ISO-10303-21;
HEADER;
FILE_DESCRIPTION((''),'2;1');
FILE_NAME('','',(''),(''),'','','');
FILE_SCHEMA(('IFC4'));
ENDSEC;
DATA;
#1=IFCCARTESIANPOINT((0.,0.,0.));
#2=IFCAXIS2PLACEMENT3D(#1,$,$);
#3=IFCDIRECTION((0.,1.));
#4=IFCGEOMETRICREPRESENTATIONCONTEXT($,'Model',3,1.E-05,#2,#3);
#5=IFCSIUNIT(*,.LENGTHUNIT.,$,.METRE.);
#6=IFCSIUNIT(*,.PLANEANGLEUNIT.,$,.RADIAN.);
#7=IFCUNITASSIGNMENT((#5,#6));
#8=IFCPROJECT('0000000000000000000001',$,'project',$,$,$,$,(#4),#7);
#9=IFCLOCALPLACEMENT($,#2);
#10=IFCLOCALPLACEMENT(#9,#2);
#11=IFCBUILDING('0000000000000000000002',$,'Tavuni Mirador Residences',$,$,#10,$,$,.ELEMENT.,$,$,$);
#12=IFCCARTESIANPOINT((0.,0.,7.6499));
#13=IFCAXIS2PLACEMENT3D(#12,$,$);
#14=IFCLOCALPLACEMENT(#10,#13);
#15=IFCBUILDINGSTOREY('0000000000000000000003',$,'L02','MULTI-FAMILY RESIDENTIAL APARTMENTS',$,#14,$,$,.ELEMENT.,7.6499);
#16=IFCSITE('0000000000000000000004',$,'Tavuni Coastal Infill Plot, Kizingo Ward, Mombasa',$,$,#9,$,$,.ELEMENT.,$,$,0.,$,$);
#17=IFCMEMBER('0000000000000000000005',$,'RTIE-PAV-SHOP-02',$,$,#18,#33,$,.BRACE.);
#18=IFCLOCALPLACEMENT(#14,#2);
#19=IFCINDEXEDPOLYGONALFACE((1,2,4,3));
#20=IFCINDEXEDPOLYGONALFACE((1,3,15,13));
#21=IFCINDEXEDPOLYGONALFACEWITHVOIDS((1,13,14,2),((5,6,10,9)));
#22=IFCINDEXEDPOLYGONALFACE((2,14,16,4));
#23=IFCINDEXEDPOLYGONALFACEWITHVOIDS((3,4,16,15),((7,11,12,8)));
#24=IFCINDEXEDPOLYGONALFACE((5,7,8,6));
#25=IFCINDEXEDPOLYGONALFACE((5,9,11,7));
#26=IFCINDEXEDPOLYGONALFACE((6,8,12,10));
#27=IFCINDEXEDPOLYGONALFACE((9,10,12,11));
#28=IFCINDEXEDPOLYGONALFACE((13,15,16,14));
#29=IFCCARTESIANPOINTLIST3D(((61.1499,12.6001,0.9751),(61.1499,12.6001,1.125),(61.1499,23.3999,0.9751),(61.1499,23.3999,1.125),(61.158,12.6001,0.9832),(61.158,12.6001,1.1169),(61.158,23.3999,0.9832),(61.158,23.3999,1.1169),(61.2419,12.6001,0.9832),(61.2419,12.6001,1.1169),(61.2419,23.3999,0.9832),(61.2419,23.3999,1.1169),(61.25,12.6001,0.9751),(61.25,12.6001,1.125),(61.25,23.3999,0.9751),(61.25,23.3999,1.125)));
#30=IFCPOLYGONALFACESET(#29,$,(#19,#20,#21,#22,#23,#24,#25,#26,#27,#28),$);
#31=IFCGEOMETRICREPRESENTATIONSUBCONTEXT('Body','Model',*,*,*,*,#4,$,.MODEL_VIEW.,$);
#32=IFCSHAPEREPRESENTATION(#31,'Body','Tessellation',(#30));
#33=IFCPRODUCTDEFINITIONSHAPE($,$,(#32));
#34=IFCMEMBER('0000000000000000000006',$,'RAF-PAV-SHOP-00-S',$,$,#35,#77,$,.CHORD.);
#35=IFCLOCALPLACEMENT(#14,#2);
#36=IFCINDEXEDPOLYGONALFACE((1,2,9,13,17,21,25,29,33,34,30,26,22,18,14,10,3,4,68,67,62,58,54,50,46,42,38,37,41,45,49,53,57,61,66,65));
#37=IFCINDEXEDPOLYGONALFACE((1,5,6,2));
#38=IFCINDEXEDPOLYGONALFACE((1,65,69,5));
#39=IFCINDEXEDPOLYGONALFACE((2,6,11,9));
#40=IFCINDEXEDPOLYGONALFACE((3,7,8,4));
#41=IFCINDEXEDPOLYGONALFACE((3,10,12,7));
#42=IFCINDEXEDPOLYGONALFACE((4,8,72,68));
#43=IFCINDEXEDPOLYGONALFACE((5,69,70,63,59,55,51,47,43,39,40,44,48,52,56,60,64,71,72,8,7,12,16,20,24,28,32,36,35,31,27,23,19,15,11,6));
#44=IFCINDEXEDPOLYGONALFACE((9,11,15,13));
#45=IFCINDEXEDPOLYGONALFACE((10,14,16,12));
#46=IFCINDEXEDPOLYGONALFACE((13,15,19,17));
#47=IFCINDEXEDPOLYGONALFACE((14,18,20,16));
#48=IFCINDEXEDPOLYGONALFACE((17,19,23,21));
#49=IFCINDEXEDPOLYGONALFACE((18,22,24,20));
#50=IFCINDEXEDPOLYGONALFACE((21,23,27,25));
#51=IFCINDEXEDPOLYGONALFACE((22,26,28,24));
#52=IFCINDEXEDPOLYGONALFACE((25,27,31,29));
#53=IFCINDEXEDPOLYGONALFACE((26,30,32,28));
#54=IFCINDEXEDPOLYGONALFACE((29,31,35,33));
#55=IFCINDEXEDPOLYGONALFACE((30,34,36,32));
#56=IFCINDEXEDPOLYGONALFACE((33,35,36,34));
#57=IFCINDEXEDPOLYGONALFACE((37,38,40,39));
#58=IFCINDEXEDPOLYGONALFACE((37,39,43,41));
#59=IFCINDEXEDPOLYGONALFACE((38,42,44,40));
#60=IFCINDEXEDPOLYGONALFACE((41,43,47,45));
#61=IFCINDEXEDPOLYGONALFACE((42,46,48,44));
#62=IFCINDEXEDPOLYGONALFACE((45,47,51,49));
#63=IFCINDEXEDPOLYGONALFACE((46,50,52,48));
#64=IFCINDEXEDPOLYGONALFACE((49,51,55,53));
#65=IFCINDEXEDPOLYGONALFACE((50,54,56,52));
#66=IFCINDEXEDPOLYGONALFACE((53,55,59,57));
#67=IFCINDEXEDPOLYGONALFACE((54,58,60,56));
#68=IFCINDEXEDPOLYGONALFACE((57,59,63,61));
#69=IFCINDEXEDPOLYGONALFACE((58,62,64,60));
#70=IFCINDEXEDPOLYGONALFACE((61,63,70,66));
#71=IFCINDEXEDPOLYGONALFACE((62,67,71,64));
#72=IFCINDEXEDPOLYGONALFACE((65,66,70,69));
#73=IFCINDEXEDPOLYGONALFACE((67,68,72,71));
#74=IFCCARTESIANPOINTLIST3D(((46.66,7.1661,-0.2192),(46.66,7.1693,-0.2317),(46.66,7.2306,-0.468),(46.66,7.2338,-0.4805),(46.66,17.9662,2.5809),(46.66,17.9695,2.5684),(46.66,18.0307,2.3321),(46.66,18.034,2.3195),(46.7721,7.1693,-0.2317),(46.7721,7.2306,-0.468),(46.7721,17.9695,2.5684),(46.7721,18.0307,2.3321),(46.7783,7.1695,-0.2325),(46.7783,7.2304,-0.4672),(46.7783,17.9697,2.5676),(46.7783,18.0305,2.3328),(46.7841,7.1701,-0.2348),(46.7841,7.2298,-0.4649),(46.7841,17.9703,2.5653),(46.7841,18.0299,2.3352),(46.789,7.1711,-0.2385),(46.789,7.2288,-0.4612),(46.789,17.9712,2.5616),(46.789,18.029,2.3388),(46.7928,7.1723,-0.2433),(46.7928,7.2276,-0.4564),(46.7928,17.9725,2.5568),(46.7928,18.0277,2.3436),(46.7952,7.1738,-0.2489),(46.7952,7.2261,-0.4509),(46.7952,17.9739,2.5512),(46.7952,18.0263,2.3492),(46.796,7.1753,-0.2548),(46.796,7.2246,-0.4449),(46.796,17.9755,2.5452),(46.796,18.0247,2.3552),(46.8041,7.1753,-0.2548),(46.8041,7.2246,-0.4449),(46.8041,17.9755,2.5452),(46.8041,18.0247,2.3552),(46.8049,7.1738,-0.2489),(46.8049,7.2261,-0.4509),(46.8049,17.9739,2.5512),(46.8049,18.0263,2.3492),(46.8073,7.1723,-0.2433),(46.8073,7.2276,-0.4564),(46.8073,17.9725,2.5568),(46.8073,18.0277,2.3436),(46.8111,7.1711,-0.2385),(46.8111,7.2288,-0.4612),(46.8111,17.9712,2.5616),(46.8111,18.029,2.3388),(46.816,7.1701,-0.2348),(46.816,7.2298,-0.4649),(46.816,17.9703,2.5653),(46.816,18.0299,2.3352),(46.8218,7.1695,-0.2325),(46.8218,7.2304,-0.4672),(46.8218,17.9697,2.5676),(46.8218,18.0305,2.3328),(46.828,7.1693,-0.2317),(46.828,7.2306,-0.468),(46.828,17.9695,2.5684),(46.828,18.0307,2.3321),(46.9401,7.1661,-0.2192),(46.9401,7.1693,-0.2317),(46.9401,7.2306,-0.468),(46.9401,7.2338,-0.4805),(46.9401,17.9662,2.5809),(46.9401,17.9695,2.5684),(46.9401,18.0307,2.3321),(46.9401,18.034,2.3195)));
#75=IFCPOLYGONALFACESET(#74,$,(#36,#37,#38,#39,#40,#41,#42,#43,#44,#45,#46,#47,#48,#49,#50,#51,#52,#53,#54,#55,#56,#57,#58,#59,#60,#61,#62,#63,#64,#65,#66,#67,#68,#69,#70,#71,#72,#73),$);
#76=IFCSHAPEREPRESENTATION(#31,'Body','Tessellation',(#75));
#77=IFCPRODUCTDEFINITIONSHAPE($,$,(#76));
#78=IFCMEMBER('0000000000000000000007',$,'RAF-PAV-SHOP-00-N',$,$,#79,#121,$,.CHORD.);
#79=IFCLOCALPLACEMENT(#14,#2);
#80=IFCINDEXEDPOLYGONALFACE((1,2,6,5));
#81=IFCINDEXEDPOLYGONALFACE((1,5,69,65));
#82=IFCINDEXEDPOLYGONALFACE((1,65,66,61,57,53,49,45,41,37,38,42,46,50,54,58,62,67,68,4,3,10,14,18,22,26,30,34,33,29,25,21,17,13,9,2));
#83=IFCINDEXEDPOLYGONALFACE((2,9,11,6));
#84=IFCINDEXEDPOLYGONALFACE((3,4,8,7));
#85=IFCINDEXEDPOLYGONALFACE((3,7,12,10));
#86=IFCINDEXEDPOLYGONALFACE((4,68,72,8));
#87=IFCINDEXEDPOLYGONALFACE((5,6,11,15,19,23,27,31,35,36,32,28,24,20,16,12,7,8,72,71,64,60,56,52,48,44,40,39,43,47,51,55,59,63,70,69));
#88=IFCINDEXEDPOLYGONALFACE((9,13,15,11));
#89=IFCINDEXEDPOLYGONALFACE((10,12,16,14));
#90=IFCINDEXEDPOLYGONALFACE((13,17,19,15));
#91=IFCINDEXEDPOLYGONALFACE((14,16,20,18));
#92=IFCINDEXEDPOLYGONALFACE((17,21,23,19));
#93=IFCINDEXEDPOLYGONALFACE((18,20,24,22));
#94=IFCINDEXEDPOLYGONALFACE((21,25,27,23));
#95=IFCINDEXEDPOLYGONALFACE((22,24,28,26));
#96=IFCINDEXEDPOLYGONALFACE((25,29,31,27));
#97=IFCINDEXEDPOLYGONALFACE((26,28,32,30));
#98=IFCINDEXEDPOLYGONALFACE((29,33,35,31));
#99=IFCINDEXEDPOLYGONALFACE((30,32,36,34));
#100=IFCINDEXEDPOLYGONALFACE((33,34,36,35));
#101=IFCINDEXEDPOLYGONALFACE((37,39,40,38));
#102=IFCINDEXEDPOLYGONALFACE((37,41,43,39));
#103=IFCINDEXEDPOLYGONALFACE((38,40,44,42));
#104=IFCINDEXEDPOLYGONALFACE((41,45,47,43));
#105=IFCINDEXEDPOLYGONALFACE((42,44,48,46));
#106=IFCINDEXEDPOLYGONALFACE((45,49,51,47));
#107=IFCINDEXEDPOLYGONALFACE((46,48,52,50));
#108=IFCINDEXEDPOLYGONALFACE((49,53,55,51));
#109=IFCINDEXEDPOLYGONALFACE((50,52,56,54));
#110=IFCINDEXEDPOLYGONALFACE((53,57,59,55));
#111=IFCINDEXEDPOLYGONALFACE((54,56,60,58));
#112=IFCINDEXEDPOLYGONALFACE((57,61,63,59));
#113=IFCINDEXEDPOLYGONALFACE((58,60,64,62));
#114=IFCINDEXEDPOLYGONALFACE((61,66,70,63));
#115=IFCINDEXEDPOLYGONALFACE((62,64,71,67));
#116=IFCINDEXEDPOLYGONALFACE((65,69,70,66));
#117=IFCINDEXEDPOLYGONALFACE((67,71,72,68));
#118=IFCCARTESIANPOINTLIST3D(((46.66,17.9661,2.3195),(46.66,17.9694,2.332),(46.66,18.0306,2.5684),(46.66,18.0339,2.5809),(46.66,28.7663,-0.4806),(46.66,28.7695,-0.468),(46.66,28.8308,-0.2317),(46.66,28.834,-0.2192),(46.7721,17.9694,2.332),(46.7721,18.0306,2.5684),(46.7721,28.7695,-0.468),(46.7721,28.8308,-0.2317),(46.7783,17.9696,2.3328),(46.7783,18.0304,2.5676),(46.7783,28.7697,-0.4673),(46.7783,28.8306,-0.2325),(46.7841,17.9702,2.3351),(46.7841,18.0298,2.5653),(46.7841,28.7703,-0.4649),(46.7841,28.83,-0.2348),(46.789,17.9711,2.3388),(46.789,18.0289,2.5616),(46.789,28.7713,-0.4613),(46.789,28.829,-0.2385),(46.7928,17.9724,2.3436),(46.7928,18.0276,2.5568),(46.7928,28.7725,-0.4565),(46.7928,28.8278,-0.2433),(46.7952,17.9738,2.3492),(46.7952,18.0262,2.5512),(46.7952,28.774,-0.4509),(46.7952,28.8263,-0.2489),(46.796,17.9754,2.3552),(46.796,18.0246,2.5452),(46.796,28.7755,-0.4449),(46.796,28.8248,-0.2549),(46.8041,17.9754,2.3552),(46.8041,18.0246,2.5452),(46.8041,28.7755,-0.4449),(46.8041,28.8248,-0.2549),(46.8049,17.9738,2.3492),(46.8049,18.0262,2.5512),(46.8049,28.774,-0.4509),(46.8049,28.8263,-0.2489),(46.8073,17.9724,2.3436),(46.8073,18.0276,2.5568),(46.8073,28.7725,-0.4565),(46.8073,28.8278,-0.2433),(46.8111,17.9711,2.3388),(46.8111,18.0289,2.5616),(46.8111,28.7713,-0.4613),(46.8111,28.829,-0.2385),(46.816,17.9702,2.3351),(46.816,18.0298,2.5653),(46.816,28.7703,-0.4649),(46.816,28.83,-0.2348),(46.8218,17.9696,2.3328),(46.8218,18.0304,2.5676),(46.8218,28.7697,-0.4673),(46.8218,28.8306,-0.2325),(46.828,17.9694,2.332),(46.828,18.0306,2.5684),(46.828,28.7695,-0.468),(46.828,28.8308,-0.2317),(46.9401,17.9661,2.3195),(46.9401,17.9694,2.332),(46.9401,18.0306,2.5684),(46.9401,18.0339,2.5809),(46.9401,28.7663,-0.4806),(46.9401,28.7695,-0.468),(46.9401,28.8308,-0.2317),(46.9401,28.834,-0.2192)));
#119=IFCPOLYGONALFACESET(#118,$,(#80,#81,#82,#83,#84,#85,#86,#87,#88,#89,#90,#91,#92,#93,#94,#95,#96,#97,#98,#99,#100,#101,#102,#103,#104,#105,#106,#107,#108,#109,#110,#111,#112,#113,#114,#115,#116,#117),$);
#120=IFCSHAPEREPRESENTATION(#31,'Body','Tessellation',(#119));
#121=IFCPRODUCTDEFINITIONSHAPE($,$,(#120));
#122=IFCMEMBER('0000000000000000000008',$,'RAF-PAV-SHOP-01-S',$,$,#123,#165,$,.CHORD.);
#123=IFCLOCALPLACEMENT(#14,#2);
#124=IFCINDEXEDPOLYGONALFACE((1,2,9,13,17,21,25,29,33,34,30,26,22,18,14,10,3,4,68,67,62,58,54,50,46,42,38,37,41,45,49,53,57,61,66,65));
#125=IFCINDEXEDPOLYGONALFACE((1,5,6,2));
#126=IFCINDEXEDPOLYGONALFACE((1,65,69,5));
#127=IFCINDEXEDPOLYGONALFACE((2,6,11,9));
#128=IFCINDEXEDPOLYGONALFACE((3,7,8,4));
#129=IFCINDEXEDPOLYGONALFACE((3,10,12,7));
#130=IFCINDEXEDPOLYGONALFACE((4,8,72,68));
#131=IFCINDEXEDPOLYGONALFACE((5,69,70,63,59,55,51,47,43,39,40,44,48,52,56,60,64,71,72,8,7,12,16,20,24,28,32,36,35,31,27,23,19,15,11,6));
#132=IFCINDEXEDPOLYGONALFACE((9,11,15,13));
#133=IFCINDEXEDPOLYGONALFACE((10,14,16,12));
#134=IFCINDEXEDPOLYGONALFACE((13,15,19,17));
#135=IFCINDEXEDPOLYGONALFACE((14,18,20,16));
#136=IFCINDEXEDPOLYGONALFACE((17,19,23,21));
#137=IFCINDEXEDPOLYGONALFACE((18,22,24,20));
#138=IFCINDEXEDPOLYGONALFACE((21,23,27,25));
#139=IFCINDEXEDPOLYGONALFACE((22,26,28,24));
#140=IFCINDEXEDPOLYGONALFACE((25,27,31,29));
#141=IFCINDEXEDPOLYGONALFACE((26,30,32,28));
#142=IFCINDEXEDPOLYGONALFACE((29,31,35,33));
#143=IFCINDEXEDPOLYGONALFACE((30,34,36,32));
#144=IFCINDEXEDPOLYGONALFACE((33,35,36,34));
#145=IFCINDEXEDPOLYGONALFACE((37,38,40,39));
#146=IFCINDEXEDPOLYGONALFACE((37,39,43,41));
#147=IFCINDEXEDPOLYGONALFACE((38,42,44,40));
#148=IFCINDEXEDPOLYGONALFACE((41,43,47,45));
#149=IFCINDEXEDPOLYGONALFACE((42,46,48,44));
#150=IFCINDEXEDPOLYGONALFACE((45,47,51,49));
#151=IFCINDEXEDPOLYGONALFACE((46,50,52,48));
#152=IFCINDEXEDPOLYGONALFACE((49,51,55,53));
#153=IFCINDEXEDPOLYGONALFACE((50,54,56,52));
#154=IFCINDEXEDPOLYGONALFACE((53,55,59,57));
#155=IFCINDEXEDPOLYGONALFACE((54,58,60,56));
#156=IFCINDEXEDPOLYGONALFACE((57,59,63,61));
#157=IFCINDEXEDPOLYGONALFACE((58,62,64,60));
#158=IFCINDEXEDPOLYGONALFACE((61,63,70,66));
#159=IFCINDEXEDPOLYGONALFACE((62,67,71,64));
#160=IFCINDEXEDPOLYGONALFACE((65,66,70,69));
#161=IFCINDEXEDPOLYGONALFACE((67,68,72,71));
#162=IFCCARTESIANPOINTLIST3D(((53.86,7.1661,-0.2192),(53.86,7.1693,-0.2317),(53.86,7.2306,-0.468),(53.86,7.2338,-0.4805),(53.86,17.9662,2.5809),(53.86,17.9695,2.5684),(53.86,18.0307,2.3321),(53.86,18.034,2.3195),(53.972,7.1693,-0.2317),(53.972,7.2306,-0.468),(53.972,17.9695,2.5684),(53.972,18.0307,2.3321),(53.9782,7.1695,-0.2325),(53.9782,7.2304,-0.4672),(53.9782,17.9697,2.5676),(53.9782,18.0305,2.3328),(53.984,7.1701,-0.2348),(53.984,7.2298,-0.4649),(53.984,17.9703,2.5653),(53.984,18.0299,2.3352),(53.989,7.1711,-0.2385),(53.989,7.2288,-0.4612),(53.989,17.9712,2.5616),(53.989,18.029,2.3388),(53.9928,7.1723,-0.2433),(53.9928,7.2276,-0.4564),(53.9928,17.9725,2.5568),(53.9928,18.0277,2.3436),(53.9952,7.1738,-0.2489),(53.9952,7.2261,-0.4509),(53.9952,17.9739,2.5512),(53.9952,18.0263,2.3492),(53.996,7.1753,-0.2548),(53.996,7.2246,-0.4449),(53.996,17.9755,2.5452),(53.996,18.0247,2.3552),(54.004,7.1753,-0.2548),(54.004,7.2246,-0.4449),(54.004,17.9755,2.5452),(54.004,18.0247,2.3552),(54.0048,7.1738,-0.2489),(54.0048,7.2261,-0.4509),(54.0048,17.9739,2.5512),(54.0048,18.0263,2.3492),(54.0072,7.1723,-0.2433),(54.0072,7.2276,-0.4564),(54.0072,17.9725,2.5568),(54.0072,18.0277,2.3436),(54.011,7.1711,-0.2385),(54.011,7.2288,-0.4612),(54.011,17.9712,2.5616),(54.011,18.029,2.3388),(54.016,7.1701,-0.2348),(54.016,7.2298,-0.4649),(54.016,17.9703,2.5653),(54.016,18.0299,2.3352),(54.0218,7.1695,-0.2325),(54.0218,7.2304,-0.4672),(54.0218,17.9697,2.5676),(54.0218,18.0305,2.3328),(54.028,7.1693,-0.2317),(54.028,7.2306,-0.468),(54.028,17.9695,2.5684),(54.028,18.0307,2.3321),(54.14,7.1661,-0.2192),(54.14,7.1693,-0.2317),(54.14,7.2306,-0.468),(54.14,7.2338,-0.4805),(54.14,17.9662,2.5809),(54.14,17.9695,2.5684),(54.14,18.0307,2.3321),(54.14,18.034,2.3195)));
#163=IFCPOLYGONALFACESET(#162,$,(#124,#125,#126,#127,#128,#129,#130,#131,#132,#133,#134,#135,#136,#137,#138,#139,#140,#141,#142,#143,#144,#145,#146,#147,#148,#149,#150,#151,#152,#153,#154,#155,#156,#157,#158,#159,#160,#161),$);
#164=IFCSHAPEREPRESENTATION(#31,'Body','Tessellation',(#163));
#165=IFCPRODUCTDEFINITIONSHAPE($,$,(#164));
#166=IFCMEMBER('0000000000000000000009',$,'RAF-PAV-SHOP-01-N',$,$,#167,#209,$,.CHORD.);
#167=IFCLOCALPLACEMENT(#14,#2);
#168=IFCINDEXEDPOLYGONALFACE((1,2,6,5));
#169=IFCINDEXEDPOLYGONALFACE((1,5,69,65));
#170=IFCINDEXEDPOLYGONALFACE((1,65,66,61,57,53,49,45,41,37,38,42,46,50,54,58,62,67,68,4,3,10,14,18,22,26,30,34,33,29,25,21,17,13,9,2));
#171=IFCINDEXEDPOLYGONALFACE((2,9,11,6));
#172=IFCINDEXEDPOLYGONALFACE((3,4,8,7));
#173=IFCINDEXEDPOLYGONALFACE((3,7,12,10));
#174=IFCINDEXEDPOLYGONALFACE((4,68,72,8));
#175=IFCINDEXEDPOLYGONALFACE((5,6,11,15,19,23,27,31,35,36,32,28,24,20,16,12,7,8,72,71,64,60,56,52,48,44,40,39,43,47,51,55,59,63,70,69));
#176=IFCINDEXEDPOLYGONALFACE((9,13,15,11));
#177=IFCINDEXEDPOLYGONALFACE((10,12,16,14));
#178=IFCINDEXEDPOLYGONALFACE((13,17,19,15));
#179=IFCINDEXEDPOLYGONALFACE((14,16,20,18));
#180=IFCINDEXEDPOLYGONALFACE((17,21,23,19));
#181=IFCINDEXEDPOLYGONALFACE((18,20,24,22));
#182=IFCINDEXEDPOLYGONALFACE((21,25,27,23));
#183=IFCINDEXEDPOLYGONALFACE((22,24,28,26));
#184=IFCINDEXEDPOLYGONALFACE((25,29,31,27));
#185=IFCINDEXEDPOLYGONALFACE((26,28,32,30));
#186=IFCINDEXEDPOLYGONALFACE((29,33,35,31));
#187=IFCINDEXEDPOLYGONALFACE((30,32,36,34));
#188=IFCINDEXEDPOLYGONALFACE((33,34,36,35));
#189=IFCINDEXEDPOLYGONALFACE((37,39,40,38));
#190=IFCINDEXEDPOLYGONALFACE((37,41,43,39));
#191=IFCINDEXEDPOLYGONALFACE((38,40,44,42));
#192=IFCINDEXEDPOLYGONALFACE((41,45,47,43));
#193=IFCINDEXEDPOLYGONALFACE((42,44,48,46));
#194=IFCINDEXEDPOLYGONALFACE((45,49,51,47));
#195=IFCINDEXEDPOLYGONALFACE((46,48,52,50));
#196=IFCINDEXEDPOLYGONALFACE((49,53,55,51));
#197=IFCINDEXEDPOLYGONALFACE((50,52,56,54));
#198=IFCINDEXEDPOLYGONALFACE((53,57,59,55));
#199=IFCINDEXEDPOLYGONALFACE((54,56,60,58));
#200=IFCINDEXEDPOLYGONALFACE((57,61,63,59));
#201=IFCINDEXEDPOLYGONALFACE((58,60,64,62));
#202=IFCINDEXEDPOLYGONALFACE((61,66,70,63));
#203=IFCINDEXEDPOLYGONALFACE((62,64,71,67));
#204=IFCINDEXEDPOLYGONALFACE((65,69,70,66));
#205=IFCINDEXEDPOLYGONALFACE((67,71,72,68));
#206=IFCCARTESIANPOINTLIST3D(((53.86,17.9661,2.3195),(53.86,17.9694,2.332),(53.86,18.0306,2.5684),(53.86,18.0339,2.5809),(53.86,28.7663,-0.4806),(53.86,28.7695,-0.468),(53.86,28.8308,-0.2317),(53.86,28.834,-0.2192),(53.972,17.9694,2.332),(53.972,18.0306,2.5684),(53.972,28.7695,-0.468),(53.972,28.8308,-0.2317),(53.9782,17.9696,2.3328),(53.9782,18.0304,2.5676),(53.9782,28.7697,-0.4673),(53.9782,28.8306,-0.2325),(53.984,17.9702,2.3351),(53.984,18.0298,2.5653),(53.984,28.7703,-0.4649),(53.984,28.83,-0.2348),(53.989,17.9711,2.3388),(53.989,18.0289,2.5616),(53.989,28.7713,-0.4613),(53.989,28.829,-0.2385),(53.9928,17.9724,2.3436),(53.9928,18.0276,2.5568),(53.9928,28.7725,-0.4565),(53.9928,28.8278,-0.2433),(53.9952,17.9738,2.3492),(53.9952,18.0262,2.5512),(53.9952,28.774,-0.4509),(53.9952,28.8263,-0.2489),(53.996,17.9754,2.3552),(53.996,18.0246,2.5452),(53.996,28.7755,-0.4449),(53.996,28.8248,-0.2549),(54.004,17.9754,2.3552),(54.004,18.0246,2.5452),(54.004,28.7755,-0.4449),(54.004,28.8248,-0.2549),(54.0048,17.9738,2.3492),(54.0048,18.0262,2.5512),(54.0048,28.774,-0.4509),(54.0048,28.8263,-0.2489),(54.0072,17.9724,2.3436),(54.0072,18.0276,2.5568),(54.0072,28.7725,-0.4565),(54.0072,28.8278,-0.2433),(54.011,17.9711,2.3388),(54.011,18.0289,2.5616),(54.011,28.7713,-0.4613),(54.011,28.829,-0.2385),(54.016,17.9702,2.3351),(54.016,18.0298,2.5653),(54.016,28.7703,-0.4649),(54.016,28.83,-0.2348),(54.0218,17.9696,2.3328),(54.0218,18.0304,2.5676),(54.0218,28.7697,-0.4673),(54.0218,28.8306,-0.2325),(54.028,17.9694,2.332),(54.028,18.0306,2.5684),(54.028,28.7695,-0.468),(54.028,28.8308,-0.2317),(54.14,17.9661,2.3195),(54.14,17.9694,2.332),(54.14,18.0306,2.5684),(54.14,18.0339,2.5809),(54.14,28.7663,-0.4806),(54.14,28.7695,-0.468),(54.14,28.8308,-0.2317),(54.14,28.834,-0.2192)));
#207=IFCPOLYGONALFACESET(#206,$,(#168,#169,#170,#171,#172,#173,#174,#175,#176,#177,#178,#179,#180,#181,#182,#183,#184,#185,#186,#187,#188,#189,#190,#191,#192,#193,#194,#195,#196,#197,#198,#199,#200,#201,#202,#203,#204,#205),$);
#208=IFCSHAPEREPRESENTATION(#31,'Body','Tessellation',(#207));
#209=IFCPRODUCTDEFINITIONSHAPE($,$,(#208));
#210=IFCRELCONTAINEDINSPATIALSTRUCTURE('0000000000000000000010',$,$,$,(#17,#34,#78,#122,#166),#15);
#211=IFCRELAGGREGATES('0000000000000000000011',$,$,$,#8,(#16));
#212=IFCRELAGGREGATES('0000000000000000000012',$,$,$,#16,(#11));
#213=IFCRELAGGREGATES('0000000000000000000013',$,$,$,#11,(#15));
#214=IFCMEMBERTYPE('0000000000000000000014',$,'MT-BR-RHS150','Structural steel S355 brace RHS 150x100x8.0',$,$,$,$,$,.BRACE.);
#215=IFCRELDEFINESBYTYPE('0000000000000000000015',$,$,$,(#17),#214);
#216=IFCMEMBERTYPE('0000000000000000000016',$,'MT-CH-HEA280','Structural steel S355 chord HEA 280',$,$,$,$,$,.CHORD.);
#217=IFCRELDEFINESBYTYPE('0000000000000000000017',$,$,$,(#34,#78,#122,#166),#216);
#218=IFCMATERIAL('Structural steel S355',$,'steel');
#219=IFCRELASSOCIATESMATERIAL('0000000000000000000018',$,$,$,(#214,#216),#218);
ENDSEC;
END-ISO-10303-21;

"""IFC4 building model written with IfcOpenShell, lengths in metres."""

from ifc_helpers import new_model, si_unit, direction, frame, origin, origin_2d, place, context, subcontext, project, spatial, hollow_rectangle, i_section, extrude, material, material_profile, profile_set, type_object, element, save


model = new_model("IFC4")

# Units and contexts
model_context = context("Model", 3, precision=1e-05, world=origin(), true_north=direction((0.0, 1.0)))
body_context = subcontext(model_context, "Body", "Model", "MODEL_VIEW")
ifc_project = project(units=[si_unit("LENGTHUNIT", "METRE"), si_unit("PLANEANGLEUNIT", "RADIAN")], contexts=[model_context])

# Site, building, storey
site_placement = place(None, origin())
site = spatial("IfcSite", under=ifc_project, at=site_placement, Name="Tavuni Coastal Infill Plot, Kizingo Ward, Mombasa", CompositionType="ELEMENT", RefElevation=0.0)
building_placement = place(site_placement, origin())
building = spatial("IfcBuilding", under=site, at=building_placement, Name="Tavuni Mirador Residences", CompositionType="ELEMENT")
storey_placement = place(building_placement, frame((0.0, 0.0, 7.6499)))
storey = spatial("IfcBuildingStorey", under=building, at=storey_placement, Name="L02", Description="MULTI-FAMILY RESIDENTIAL APARTMENTS", CompositionType="ELEMENT", Elevation=7.6499)

# Members
ifc_material_1 = material(Name="Structural steel S355", Category="steel")
ifc_material_profile_1 = material_profile(ifc_material_1, hollow_rectangle(XDim=0.1001, YDim=0.1499, WallThickness=0.0081, at=origin_2d()), Name="RHS 150x100x8.0", Category="steel")
ifc_profile_set_1 = profile_set([ifc_material_profile_1], Name="Structural steel S355")
member_type_1 = type_object("IfcMemberType", Name="MT-BR-RHS150", Description="Structural steel S355 brace RHS 150x100x8.0", PredefinedType="BRACE", material=ifc_profile_set_1)
for number, where, z_axis, x_axis, name in (
    (1, (61.2, 12.6001, 1.05), (0.0, 1.0, 0.0), (-1.0, 0.0, 0.0), "RTIE-PAV-SHOP-02"),
):
    element("IfcMember", number, at=place(storey_placement, frame(where, z_axis=z_axis, x_axis=x_axis)), inside=storey, type_object=member_type_1, Name=name, PredefinedType="BRACE", context=body_context, shape_type="SweptSolid", body=[
        extrude(hollow_rectangle(XDim=0.1001, YDim=0.1499, WallThickness=0.0081, at=origin_2d()), origin(), (0.0, 0.0, 1.0), 10.7998),
    ])
ifc_material_profile_2 = material_profile(ifc_material_1, i_section(OverallWidth=0.28, OverallDepth=0.27, WebThickness=0.0081, FlangeThickness=0.0129, FilletRadius=0.0239, at=origin_2d()), Name="HEA 280", Category="steel")
ifc_profile_set_2 = profile_set([ifc_material_profile_2], Name="Structural steel S355")
member_type_2 = type_object("IfcMemberType", Name="MT-CH-HEA280", Description="Structural steel S355 chord HEA 280", PredefinedType="CHORD", material=ifc_profile_set_2)
for number, where, z_axis, x_axis, name in (
    (2, (46.8, 7.2, -0.3499), (0.0, 0.967996, 0.250965), (-1.0, 0.0, 0.0), "RAF-PAV-SHOP-00-S"),
    (3, (46.8, 18.0, 2.4502), (0.0, 0.967996, -0.250965), (-1.0, 0.0, 0.0), "RAF-PAV-SHOP-00-N"),
    (4, (54.0, 7.2, -0.3499), (0.0, 0.967996, 0.250965), (-1.0, 0.0, 0.0), "RAF-PAV-SHOP-01-S"),
    (5, (54.0, 18.0, 2.4502), (0.0, 0.967996, -0.250965), (-1.0, 0.0, 0.0), "RAF-PAV-SHOP-01-N"),
):
    element("IfcMember", number, at=place(storey_placement, frame(where, z_axis=z_axis, x_axis=x_axis)), inside=storey, type_object=member_type_2, Name=name, PredefinedType="CHORD", context=body_context, shape_type="SweptSolid", body=[
        extrude(i_section(OverallWidth=0.28, OverallDepth=0.27, WebThickness=0.0081, FlangeThickness=0.0129, FilletRadius=0.0239, at=origin_2d()), origin(), (0.0, 0.0, 1.0), 11.1572),
    ])

save(model, "model.ifc")
